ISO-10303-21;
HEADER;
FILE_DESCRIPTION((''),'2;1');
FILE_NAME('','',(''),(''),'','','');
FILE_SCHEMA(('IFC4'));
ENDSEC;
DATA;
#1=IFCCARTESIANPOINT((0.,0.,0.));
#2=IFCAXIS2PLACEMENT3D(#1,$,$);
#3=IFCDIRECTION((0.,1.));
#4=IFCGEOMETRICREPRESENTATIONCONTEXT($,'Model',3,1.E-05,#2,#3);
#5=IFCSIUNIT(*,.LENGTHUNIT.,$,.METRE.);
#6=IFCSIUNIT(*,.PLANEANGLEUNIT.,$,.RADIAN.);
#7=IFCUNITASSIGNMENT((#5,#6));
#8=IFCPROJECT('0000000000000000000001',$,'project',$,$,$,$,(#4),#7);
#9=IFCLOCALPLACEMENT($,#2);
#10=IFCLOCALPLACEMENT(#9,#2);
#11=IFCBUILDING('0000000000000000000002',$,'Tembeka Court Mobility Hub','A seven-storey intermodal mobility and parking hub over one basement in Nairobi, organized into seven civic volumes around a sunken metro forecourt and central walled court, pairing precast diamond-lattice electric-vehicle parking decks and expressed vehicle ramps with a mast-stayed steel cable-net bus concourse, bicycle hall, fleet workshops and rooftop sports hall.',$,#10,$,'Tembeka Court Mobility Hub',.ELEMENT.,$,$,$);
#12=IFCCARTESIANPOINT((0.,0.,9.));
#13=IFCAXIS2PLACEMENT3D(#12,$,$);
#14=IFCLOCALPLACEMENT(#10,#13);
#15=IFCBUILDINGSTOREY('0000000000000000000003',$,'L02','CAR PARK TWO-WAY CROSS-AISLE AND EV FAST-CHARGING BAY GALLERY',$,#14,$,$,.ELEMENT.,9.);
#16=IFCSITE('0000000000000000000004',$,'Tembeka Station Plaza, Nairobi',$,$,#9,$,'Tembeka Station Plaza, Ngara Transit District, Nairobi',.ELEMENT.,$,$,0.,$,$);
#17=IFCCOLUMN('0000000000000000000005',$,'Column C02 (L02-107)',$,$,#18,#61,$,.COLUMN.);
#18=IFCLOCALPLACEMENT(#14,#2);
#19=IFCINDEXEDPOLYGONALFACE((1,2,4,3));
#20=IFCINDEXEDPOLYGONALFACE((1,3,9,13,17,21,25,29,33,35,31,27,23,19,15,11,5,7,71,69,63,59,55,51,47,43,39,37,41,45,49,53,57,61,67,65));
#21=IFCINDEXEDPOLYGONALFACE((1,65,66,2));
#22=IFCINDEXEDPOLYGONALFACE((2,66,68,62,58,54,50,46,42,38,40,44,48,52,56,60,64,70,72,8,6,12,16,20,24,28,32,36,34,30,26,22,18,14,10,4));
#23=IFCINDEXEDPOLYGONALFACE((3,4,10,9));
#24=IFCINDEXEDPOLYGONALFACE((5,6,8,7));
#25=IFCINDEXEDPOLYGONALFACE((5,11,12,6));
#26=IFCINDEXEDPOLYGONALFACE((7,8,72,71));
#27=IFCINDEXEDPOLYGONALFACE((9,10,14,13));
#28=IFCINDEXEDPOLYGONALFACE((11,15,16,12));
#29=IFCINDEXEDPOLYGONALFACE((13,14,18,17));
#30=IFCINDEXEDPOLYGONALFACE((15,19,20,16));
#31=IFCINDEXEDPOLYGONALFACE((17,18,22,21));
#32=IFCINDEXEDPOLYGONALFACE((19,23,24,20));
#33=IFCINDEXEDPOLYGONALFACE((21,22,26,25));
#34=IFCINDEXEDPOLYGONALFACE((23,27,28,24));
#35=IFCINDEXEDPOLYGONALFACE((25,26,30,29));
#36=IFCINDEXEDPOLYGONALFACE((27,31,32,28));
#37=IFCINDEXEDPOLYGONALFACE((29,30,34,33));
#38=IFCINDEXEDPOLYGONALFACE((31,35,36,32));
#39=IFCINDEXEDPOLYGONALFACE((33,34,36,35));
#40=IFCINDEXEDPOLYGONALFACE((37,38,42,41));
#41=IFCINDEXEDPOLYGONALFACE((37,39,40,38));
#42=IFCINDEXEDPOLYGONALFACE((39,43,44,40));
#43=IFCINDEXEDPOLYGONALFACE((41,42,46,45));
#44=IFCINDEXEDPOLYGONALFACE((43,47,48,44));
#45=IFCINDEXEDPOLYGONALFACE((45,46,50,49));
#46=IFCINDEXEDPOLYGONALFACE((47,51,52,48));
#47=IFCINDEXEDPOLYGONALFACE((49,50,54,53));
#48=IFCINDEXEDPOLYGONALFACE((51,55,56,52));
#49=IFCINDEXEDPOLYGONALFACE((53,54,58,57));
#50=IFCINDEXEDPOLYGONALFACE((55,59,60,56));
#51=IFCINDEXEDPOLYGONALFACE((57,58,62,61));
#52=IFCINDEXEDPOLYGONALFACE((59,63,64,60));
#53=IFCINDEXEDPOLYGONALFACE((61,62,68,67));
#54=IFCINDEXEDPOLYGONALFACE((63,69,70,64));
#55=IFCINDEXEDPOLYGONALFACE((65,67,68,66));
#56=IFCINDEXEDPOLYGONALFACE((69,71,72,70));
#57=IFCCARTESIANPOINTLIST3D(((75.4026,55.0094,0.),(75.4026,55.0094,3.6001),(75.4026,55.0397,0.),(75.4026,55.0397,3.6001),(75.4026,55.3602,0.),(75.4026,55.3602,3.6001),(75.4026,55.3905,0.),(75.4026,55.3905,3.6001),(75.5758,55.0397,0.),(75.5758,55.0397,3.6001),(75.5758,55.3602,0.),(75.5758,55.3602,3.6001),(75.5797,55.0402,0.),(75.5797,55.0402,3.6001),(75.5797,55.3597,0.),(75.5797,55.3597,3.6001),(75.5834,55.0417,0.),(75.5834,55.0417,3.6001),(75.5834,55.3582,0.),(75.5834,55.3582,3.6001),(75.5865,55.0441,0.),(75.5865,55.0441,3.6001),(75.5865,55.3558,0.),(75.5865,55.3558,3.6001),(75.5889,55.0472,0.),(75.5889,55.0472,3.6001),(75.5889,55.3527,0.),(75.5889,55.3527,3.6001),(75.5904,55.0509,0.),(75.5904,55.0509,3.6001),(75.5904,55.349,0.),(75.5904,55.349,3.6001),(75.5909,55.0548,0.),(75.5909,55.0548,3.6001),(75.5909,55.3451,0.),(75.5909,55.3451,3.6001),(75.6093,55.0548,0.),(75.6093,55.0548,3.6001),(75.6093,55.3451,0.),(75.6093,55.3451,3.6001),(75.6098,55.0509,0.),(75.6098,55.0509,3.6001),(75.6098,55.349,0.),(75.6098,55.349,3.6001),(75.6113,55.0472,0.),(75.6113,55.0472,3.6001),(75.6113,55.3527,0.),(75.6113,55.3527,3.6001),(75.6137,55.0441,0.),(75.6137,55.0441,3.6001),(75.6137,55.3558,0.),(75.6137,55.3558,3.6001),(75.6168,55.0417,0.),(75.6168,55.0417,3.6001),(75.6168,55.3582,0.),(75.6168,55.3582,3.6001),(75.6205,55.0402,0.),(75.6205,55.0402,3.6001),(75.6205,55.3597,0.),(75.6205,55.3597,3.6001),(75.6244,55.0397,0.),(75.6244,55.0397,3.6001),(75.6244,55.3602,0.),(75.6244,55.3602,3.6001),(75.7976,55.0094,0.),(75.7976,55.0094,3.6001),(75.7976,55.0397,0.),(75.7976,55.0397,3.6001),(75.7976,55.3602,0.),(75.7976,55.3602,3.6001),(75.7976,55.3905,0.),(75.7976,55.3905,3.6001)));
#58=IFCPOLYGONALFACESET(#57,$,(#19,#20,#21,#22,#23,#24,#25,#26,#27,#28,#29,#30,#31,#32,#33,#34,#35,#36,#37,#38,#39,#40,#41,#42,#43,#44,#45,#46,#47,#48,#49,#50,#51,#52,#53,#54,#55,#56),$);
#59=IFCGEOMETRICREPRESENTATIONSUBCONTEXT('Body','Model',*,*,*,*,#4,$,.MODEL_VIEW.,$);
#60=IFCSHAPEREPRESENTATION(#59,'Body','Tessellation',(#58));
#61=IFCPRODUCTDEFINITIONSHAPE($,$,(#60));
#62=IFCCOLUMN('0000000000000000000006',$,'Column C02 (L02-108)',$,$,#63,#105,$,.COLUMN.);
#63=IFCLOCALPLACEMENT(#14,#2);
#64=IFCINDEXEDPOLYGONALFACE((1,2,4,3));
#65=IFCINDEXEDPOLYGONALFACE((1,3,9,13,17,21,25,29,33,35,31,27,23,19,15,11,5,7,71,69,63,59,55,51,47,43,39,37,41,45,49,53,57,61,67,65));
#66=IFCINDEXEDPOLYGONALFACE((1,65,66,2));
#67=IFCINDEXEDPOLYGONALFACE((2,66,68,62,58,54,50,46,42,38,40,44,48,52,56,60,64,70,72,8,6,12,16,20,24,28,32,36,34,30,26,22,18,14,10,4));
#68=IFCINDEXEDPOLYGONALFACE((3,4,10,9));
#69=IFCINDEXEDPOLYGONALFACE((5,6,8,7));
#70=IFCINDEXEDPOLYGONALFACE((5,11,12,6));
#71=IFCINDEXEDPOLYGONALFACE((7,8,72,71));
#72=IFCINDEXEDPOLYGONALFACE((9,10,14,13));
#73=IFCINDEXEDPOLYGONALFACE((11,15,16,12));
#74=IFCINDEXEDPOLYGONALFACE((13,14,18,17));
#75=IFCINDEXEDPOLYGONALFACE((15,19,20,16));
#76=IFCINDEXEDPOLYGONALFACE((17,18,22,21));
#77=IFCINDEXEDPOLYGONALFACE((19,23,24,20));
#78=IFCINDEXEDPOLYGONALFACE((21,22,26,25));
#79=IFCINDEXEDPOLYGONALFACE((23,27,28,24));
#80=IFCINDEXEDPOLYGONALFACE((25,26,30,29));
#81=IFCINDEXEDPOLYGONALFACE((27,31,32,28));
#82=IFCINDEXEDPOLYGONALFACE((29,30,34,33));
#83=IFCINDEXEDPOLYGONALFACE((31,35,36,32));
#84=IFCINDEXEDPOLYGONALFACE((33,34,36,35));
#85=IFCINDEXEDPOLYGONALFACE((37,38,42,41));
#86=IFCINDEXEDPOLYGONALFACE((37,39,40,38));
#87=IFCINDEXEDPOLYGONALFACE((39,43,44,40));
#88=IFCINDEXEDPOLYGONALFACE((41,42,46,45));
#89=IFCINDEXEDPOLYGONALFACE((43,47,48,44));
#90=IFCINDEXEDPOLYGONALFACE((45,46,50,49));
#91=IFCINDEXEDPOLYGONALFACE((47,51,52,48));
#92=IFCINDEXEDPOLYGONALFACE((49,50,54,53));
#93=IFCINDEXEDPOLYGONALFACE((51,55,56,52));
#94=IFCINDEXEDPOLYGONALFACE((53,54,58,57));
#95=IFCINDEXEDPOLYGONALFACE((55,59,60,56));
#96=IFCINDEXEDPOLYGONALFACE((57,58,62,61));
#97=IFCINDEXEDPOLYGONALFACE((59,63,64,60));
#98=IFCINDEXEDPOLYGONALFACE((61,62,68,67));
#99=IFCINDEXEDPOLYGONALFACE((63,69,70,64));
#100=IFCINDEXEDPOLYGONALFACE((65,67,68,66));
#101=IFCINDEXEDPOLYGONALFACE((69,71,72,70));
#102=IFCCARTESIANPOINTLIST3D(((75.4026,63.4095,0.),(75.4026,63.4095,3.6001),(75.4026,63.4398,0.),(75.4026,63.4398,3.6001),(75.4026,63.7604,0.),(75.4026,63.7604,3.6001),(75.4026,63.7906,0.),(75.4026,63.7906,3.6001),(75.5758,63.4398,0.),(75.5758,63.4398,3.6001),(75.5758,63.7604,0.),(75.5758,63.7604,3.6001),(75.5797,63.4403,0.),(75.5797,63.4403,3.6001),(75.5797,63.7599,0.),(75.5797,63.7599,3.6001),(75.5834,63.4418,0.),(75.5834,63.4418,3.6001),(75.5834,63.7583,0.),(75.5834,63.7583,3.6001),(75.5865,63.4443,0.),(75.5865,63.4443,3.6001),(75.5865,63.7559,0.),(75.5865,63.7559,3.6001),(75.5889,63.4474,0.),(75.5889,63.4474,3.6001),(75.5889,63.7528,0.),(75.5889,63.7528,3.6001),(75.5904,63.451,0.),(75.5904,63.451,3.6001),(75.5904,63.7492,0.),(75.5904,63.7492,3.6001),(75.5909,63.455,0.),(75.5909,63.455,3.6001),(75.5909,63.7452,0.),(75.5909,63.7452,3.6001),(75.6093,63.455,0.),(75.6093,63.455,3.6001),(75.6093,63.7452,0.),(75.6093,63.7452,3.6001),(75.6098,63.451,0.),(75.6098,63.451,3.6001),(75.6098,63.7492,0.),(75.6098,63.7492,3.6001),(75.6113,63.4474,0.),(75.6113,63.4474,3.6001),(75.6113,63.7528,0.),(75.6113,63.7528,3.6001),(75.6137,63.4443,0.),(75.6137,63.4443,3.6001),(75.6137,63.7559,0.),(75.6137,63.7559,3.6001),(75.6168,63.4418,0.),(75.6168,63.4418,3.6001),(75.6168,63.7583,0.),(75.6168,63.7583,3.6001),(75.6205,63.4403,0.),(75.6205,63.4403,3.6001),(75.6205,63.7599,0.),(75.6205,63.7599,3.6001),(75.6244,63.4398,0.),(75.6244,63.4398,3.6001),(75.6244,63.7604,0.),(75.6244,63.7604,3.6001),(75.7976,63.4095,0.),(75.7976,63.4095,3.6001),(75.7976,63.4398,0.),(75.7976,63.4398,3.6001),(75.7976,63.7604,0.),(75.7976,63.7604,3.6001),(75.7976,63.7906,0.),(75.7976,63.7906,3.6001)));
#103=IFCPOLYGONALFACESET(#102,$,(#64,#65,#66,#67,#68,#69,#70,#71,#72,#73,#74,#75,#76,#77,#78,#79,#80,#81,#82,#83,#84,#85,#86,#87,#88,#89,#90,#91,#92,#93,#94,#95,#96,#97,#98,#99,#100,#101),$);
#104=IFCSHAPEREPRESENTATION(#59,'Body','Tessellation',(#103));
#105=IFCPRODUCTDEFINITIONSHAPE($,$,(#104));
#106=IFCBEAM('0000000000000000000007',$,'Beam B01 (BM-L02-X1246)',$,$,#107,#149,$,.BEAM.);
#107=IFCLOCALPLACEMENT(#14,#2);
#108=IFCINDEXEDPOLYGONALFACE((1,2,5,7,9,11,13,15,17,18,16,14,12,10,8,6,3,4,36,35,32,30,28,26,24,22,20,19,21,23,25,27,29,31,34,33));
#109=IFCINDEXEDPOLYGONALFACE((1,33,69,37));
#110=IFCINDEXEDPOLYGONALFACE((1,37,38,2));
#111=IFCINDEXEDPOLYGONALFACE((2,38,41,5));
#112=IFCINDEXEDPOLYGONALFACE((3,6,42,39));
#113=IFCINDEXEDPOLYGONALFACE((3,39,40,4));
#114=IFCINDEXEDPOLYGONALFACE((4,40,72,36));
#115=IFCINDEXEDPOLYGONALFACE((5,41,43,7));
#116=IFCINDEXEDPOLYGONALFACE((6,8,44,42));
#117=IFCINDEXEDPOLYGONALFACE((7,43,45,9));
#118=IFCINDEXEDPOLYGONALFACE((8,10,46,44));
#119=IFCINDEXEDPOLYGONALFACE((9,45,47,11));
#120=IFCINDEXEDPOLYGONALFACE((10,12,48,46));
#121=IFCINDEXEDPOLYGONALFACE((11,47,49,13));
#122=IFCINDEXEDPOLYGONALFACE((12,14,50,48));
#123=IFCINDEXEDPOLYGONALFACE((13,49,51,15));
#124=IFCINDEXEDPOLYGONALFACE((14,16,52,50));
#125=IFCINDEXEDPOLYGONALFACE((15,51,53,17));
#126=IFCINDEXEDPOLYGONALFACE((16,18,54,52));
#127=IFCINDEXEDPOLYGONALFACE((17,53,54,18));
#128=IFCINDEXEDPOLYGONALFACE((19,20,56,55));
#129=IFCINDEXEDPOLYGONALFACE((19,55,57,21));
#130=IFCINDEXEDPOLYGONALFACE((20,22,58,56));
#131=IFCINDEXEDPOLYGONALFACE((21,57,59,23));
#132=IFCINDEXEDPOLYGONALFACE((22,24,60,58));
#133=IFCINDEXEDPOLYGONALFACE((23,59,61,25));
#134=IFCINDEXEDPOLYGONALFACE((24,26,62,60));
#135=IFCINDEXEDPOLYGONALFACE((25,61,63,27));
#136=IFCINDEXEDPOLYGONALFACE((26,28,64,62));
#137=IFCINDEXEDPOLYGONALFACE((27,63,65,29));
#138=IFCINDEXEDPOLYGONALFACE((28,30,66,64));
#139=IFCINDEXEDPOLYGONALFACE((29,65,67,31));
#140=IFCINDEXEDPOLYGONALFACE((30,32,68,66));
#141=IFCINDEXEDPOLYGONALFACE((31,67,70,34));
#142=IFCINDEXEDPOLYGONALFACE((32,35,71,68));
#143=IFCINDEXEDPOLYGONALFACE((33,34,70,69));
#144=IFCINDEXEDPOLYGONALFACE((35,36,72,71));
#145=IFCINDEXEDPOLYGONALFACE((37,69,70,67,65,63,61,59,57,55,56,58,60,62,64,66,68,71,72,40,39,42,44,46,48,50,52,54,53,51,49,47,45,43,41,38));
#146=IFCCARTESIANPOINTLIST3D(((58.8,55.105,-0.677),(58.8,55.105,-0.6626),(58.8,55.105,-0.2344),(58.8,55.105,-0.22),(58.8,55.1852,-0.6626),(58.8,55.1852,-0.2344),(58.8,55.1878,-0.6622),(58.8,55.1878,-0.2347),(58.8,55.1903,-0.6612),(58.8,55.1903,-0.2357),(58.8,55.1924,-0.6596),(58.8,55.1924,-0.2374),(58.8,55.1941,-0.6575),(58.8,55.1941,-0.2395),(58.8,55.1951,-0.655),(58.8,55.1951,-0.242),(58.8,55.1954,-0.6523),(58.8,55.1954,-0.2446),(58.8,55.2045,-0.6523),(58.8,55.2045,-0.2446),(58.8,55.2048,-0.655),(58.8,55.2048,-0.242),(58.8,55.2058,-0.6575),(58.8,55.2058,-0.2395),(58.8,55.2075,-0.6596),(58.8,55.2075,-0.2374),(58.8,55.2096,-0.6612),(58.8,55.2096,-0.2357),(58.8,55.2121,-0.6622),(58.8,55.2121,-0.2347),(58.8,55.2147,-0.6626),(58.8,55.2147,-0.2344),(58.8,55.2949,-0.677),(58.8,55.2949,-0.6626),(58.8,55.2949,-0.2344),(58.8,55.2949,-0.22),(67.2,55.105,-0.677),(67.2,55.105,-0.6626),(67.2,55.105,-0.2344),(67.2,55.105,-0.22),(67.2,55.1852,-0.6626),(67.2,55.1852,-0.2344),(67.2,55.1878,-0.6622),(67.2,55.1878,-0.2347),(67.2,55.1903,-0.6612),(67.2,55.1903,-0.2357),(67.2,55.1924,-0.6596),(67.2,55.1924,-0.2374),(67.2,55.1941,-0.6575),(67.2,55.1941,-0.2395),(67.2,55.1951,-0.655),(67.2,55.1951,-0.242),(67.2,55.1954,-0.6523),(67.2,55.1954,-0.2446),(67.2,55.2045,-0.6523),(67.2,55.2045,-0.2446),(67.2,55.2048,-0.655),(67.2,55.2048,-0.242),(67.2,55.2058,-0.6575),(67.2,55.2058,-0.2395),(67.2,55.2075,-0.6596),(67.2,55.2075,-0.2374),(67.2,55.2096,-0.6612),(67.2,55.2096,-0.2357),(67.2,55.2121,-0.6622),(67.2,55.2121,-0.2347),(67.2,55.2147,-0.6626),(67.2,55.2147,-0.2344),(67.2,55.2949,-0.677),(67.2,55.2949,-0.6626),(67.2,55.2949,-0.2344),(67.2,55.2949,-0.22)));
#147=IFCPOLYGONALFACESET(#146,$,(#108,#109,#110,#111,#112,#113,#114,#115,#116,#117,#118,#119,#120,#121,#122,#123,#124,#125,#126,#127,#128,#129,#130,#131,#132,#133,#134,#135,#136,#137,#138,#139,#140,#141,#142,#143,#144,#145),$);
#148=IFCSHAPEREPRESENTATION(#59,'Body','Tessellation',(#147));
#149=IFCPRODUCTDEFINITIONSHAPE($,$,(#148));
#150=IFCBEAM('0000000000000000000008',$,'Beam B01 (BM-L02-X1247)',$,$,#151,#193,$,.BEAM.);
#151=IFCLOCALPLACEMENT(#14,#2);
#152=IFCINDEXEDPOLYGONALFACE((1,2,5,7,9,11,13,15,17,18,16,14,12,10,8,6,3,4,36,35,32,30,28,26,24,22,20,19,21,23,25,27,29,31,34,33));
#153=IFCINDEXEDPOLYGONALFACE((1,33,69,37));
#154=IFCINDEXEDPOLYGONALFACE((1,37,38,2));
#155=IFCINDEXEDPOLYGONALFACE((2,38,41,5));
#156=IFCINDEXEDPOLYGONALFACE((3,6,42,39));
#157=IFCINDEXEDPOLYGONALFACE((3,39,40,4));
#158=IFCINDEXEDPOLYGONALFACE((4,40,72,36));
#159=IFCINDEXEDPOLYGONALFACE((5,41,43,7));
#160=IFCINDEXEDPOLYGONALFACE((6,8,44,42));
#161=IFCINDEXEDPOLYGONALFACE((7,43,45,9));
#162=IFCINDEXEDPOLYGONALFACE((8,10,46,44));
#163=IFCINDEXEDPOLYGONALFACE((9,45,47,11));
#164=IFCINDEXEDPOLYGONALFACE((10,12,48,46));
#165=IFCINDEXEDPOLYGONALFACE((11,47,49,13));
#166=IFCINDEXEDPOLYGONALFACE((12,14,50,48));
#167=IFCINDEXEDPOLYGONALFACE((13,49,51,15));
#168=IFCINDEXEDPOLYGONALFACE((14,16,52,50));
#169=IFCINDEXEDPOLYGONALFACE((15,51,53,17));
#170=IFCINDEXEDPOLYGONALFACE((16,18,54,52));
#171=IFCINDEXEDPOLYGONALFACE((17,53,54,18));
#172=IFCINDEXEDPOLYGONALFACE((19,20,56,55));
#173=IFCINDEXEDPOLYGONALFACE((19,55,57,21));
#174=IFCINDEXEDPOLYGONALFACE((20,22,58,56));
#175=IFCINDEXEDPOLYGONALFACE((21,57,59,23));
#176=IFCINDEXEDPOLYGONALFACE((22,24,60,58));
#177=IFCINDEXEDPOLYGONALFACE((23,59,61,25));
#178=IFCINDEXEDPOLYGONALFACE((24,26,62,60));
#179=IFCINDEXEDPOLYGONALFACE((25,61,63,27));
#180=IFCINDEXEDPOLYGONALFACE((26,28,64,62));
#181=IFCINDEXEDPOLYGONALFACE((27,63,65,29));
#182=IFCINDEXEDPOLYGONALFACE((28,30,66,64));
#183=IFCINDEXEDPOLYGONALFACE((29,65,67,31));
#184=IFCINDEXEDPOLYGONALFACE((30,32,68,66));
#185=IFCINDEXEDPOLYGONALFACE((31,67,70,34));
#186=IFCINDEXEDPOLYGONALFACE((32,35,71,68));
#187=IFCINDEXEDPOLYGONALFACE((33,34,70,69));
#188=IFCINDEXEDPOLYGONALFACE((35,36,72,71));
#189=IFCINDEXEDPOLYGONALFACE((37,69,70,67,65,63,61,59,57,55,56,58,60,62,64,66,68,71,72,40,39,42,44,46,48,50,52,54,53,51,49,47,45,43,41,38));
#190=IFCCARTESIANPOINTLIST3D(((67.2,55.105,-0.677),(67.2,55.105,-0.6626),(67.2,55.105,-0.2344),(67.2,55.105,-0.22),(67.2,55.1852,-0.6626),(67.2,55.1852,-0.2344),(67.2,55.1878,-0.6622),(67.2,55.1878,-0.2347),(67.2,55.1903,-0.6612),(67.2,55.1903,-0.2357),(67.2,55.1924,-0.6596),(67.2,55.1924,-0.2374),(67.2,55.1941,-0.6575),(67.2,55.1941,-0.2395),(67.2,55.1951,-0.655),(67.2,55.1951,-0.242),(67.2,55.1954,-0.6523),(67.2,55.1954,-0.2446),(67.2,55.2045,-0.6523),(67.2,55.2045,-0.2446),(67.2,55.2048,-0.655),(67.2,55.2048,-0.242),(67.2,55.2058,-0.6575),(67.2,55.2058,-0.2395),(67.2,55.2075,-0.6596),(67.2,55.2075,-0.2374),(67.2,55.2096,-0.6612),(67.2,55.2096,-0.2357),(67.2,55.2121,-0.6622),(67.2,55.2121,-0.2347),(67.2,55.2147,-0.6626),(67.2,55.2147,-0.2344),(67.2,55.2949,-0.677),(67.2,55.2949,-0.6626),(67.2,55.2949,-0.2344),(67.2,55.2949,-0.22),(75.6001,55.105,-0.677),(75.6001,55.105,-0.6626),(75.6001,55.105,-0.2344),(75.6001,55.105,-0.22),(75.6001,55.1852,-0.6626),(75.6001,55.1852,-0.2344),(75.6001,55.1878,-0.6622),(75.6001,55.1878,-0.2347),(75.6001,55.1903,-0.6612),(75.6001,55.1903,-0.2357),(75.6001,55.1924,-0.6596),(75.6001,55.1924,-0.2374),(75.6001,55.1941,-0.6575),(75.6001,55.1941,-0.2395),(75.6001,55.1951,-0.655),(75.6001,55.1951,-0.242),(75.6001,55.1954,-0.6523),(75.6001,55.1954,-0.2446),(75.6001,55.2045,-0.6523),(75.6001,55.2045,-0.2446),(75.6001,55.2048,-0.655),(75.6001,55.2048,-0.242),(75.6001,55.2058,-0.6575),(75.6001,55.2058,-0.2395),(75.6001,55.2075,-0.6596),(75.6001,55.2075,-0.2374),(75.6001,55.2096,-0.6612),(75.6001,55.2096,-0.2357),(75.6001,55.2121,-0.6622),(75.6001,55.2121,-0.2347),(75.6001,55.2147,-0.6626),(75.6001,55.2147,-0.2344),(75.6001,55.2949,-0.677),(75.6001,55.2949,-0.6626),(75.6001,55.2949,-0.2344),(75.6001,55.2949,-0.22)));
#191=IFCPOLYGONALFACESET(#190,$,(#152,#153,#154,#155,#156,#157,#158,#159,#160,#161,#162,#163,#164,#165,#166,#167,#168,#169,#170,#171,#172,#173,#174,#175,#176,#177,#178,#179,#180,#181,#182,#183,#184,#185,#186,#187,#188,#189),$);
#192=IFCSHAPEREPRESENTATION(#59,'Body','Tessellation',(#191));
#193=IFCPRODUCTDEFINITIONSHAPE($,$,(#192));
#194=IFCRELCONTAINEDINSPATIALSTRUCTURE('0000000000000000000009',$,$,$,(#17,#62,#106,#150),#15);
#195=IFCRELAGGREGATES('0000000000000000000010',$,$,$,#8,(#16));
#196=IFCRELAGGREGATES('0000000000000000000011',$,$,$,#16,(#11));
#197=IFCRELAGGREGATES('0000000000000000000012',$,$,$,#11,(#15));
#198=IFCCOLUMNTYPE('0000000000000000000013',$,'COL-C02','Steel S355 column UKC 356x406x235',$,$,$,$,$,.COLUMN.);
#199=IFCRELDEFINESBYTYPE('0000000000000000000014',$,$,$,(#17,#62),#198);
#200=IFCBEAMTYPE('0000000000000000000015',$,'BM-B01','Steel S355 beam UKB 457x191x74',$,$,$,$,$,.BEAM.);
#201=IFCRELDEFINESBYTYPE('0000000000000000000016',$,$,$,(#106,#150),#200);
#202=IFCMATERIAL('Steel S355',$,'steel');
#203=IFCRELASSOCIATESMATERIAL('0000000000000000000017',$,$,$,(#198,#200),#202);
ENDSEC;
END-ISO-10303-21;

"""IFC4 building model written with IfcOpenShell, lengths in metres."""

from ifc_helpers import new_model, si_unit, direction, frame, origin, origin_2d, place, context, subcontext, project, spatial, i_section, extrude, material, material_profile, profile_set, type_object, element, save


model = new_model("IFC4")

# Units and contexts
model_context = context("Model", 3, precision=1e-05, world=origin(), true_north=direction((0.0, 1.0)))
body_context = subcontext(model_context, "Body", "Model", "MODEL_VIEW")
ifc_project = project(units=[si_unit("LENGTHUNIT", "METRE"), si_unit("PLANEANGLEUNIT", "RADIAN")], contexts=[model_context])

# Site, building, storey
site_placement = place(None, origin())
site = spatial("IfcSite", under=ifc_project, at=site_placement, Name="Tembeka Station Plaza, Nairobi", LongName="Tembeka Station Plaza, Ngara Transit District, Nairobi", CompositionType="ELEMENT", RefElevation=0.0)
building_placement = place(site_placement, origin())
building = spatial("IfcBuilding", under=site, at=building_placement, Name="Tembeka Court Mobility Hub", Description="A seven-storey intermodal mobility and parking hub over one basement in Nairobi, organized into seven civic volumes around a sunken metro forecourt and central walled court, pairing precast diamond-lattice electric-vehicle parking decks and expressed vehicle ramps with a mast-stayed steel cable-net bus concourse, bicycle hall, fleet workshops and rooftop sports hall.", LongName="Tembeka Court Mobility Hub", CompositionType="ELEMENT")
storey_placement = place(building_placement, frame((0.0, 0.0, 9.0)))
storey = spatial("IfcBuildingStorey", under=building, at=storey_placement, Name="L02", Description="CAR PARK TWO-WAY CROSS-AISLE AND EV FAST-CHARGING BAY GALLERY", CompositionType="ELEMENT", Elevation=9.0)

# Columns
ifc_material_1 = material(Name="Steel S355", Category="steel")
ifc_material_profile_1 = material_profile(ifc_material_1, i_section(OverallWidth=0.395, OverallDepth=0.3811, WebThickness=0.0183, FlangeThickness=0.0303, FilletRadius=0.0151, at=origin_2d()), Name="UKC 356x406x235")
ifc_profile_set_1 = profile_set([ifc_material_profile_1], Name="Steel S355")
column_type = type_object("IfcColumnType", Name="COL-C02", Description="Steel S355 column UKC 356x406x235", PredefinedType="COLUMN", material=ifc_profile_set_1)
for number, where, z_axis, x_axis, name in (
    (1, (75.6001, 55.2, 0.0), (0.0, 0.0, 1.0), (1.0, 0.0, 0.0), "Column C02 (L02-107)"),
    (2, (75.6001, 63.6001, 0.0), (0.0, 0.0, 1.0), (1.0, 0.0, 0.0), "Column C02 (L02-108)"),
):
    element("IfcColumn", number, at=place(storey_placement, frame(where, z_axis=z_axis, x_axis=x_axis)), inside=storey, type_object=column_type, Name=name, PredefinedType="COLUMN", context=body_context, shape_type="SweptSolid", body=[
        extrude(i_section(OverallWidth=0.395, OverallDepth=0.3811, WebThickness=0.0183, FlangeThickness=0.0303, FilletRadius=0.0151, at=origin_2d()), origin(), (0.0, 0.0, 1.0), 3.6001),
    ])

# Beams
ifc_material_profile_2 = material_profile(ifc_material_1, i_section(OverallWidth=0.1899, OverallDepth=0.457, WebThickness=0.009, FlangeThickness=0.0144, FilletRadius=0.0103, at=origin_2d()), Name="UKB 457x191x74")
ifc_profile_set_2 = profile_set([ifc_material_profile_2], Name="Steel S355")
beam_type_1 = type_object("IfcBeamType", Name="BM-B01", Description="Steel S355 beam UKB 457x191x74", PredefinedType="BEAM", material=ifc_profile_set_2)
beam_1_placement = place(storey_placement, frame((58.8, 55.2, -0.4485), z_axis=(1.0, 0.0, 0.0), x_axis=(0.0, 1.0, 0.0)))
element("IfcBeam", 3, at=beam_1_placement, inside=storey, type_object=beam_type_1, Name="Beam B01 (BM-L02-X1246)", PredefinedType="BEAM", context=body_context, shape_type="SweptSolid", body=[
    extrude(i_section(OverallWidth=0.1899, OverallDepth=0.457, WebThickness=0.009, FlangeThickness=0.0144, FilletRadius=0.0103, at=origin_2d()), origin(), (0.0, 0.0, 1.0), 8.3999),
])
beam_2_placement = place(storey_placement, frame((67.2, 55.2, -0.4485), z_axis=(1.0, 0.0, 0.0), x_axis=(0.0, 1.0, 0.0)))
element("IfcBeam", 4, at=beam_2_placement, inside=storey, type_object=beam_type_1, Name="Beam B01 (BM-L02-X1247)", PredefinedType="BEAM", context=body_context, shape_type="SweptSolid", body=[
    extrude(i_section(OverallWidth=0.1899, OverallDepth=0.457, WebThickness=0.009, FlangeThickness=0.0144, FilletRadius=0.0103, at=origin_2d()), origin(), (0.0, 0.0, 1.0), 8.4001),
])

save(model, "model.ifc")
